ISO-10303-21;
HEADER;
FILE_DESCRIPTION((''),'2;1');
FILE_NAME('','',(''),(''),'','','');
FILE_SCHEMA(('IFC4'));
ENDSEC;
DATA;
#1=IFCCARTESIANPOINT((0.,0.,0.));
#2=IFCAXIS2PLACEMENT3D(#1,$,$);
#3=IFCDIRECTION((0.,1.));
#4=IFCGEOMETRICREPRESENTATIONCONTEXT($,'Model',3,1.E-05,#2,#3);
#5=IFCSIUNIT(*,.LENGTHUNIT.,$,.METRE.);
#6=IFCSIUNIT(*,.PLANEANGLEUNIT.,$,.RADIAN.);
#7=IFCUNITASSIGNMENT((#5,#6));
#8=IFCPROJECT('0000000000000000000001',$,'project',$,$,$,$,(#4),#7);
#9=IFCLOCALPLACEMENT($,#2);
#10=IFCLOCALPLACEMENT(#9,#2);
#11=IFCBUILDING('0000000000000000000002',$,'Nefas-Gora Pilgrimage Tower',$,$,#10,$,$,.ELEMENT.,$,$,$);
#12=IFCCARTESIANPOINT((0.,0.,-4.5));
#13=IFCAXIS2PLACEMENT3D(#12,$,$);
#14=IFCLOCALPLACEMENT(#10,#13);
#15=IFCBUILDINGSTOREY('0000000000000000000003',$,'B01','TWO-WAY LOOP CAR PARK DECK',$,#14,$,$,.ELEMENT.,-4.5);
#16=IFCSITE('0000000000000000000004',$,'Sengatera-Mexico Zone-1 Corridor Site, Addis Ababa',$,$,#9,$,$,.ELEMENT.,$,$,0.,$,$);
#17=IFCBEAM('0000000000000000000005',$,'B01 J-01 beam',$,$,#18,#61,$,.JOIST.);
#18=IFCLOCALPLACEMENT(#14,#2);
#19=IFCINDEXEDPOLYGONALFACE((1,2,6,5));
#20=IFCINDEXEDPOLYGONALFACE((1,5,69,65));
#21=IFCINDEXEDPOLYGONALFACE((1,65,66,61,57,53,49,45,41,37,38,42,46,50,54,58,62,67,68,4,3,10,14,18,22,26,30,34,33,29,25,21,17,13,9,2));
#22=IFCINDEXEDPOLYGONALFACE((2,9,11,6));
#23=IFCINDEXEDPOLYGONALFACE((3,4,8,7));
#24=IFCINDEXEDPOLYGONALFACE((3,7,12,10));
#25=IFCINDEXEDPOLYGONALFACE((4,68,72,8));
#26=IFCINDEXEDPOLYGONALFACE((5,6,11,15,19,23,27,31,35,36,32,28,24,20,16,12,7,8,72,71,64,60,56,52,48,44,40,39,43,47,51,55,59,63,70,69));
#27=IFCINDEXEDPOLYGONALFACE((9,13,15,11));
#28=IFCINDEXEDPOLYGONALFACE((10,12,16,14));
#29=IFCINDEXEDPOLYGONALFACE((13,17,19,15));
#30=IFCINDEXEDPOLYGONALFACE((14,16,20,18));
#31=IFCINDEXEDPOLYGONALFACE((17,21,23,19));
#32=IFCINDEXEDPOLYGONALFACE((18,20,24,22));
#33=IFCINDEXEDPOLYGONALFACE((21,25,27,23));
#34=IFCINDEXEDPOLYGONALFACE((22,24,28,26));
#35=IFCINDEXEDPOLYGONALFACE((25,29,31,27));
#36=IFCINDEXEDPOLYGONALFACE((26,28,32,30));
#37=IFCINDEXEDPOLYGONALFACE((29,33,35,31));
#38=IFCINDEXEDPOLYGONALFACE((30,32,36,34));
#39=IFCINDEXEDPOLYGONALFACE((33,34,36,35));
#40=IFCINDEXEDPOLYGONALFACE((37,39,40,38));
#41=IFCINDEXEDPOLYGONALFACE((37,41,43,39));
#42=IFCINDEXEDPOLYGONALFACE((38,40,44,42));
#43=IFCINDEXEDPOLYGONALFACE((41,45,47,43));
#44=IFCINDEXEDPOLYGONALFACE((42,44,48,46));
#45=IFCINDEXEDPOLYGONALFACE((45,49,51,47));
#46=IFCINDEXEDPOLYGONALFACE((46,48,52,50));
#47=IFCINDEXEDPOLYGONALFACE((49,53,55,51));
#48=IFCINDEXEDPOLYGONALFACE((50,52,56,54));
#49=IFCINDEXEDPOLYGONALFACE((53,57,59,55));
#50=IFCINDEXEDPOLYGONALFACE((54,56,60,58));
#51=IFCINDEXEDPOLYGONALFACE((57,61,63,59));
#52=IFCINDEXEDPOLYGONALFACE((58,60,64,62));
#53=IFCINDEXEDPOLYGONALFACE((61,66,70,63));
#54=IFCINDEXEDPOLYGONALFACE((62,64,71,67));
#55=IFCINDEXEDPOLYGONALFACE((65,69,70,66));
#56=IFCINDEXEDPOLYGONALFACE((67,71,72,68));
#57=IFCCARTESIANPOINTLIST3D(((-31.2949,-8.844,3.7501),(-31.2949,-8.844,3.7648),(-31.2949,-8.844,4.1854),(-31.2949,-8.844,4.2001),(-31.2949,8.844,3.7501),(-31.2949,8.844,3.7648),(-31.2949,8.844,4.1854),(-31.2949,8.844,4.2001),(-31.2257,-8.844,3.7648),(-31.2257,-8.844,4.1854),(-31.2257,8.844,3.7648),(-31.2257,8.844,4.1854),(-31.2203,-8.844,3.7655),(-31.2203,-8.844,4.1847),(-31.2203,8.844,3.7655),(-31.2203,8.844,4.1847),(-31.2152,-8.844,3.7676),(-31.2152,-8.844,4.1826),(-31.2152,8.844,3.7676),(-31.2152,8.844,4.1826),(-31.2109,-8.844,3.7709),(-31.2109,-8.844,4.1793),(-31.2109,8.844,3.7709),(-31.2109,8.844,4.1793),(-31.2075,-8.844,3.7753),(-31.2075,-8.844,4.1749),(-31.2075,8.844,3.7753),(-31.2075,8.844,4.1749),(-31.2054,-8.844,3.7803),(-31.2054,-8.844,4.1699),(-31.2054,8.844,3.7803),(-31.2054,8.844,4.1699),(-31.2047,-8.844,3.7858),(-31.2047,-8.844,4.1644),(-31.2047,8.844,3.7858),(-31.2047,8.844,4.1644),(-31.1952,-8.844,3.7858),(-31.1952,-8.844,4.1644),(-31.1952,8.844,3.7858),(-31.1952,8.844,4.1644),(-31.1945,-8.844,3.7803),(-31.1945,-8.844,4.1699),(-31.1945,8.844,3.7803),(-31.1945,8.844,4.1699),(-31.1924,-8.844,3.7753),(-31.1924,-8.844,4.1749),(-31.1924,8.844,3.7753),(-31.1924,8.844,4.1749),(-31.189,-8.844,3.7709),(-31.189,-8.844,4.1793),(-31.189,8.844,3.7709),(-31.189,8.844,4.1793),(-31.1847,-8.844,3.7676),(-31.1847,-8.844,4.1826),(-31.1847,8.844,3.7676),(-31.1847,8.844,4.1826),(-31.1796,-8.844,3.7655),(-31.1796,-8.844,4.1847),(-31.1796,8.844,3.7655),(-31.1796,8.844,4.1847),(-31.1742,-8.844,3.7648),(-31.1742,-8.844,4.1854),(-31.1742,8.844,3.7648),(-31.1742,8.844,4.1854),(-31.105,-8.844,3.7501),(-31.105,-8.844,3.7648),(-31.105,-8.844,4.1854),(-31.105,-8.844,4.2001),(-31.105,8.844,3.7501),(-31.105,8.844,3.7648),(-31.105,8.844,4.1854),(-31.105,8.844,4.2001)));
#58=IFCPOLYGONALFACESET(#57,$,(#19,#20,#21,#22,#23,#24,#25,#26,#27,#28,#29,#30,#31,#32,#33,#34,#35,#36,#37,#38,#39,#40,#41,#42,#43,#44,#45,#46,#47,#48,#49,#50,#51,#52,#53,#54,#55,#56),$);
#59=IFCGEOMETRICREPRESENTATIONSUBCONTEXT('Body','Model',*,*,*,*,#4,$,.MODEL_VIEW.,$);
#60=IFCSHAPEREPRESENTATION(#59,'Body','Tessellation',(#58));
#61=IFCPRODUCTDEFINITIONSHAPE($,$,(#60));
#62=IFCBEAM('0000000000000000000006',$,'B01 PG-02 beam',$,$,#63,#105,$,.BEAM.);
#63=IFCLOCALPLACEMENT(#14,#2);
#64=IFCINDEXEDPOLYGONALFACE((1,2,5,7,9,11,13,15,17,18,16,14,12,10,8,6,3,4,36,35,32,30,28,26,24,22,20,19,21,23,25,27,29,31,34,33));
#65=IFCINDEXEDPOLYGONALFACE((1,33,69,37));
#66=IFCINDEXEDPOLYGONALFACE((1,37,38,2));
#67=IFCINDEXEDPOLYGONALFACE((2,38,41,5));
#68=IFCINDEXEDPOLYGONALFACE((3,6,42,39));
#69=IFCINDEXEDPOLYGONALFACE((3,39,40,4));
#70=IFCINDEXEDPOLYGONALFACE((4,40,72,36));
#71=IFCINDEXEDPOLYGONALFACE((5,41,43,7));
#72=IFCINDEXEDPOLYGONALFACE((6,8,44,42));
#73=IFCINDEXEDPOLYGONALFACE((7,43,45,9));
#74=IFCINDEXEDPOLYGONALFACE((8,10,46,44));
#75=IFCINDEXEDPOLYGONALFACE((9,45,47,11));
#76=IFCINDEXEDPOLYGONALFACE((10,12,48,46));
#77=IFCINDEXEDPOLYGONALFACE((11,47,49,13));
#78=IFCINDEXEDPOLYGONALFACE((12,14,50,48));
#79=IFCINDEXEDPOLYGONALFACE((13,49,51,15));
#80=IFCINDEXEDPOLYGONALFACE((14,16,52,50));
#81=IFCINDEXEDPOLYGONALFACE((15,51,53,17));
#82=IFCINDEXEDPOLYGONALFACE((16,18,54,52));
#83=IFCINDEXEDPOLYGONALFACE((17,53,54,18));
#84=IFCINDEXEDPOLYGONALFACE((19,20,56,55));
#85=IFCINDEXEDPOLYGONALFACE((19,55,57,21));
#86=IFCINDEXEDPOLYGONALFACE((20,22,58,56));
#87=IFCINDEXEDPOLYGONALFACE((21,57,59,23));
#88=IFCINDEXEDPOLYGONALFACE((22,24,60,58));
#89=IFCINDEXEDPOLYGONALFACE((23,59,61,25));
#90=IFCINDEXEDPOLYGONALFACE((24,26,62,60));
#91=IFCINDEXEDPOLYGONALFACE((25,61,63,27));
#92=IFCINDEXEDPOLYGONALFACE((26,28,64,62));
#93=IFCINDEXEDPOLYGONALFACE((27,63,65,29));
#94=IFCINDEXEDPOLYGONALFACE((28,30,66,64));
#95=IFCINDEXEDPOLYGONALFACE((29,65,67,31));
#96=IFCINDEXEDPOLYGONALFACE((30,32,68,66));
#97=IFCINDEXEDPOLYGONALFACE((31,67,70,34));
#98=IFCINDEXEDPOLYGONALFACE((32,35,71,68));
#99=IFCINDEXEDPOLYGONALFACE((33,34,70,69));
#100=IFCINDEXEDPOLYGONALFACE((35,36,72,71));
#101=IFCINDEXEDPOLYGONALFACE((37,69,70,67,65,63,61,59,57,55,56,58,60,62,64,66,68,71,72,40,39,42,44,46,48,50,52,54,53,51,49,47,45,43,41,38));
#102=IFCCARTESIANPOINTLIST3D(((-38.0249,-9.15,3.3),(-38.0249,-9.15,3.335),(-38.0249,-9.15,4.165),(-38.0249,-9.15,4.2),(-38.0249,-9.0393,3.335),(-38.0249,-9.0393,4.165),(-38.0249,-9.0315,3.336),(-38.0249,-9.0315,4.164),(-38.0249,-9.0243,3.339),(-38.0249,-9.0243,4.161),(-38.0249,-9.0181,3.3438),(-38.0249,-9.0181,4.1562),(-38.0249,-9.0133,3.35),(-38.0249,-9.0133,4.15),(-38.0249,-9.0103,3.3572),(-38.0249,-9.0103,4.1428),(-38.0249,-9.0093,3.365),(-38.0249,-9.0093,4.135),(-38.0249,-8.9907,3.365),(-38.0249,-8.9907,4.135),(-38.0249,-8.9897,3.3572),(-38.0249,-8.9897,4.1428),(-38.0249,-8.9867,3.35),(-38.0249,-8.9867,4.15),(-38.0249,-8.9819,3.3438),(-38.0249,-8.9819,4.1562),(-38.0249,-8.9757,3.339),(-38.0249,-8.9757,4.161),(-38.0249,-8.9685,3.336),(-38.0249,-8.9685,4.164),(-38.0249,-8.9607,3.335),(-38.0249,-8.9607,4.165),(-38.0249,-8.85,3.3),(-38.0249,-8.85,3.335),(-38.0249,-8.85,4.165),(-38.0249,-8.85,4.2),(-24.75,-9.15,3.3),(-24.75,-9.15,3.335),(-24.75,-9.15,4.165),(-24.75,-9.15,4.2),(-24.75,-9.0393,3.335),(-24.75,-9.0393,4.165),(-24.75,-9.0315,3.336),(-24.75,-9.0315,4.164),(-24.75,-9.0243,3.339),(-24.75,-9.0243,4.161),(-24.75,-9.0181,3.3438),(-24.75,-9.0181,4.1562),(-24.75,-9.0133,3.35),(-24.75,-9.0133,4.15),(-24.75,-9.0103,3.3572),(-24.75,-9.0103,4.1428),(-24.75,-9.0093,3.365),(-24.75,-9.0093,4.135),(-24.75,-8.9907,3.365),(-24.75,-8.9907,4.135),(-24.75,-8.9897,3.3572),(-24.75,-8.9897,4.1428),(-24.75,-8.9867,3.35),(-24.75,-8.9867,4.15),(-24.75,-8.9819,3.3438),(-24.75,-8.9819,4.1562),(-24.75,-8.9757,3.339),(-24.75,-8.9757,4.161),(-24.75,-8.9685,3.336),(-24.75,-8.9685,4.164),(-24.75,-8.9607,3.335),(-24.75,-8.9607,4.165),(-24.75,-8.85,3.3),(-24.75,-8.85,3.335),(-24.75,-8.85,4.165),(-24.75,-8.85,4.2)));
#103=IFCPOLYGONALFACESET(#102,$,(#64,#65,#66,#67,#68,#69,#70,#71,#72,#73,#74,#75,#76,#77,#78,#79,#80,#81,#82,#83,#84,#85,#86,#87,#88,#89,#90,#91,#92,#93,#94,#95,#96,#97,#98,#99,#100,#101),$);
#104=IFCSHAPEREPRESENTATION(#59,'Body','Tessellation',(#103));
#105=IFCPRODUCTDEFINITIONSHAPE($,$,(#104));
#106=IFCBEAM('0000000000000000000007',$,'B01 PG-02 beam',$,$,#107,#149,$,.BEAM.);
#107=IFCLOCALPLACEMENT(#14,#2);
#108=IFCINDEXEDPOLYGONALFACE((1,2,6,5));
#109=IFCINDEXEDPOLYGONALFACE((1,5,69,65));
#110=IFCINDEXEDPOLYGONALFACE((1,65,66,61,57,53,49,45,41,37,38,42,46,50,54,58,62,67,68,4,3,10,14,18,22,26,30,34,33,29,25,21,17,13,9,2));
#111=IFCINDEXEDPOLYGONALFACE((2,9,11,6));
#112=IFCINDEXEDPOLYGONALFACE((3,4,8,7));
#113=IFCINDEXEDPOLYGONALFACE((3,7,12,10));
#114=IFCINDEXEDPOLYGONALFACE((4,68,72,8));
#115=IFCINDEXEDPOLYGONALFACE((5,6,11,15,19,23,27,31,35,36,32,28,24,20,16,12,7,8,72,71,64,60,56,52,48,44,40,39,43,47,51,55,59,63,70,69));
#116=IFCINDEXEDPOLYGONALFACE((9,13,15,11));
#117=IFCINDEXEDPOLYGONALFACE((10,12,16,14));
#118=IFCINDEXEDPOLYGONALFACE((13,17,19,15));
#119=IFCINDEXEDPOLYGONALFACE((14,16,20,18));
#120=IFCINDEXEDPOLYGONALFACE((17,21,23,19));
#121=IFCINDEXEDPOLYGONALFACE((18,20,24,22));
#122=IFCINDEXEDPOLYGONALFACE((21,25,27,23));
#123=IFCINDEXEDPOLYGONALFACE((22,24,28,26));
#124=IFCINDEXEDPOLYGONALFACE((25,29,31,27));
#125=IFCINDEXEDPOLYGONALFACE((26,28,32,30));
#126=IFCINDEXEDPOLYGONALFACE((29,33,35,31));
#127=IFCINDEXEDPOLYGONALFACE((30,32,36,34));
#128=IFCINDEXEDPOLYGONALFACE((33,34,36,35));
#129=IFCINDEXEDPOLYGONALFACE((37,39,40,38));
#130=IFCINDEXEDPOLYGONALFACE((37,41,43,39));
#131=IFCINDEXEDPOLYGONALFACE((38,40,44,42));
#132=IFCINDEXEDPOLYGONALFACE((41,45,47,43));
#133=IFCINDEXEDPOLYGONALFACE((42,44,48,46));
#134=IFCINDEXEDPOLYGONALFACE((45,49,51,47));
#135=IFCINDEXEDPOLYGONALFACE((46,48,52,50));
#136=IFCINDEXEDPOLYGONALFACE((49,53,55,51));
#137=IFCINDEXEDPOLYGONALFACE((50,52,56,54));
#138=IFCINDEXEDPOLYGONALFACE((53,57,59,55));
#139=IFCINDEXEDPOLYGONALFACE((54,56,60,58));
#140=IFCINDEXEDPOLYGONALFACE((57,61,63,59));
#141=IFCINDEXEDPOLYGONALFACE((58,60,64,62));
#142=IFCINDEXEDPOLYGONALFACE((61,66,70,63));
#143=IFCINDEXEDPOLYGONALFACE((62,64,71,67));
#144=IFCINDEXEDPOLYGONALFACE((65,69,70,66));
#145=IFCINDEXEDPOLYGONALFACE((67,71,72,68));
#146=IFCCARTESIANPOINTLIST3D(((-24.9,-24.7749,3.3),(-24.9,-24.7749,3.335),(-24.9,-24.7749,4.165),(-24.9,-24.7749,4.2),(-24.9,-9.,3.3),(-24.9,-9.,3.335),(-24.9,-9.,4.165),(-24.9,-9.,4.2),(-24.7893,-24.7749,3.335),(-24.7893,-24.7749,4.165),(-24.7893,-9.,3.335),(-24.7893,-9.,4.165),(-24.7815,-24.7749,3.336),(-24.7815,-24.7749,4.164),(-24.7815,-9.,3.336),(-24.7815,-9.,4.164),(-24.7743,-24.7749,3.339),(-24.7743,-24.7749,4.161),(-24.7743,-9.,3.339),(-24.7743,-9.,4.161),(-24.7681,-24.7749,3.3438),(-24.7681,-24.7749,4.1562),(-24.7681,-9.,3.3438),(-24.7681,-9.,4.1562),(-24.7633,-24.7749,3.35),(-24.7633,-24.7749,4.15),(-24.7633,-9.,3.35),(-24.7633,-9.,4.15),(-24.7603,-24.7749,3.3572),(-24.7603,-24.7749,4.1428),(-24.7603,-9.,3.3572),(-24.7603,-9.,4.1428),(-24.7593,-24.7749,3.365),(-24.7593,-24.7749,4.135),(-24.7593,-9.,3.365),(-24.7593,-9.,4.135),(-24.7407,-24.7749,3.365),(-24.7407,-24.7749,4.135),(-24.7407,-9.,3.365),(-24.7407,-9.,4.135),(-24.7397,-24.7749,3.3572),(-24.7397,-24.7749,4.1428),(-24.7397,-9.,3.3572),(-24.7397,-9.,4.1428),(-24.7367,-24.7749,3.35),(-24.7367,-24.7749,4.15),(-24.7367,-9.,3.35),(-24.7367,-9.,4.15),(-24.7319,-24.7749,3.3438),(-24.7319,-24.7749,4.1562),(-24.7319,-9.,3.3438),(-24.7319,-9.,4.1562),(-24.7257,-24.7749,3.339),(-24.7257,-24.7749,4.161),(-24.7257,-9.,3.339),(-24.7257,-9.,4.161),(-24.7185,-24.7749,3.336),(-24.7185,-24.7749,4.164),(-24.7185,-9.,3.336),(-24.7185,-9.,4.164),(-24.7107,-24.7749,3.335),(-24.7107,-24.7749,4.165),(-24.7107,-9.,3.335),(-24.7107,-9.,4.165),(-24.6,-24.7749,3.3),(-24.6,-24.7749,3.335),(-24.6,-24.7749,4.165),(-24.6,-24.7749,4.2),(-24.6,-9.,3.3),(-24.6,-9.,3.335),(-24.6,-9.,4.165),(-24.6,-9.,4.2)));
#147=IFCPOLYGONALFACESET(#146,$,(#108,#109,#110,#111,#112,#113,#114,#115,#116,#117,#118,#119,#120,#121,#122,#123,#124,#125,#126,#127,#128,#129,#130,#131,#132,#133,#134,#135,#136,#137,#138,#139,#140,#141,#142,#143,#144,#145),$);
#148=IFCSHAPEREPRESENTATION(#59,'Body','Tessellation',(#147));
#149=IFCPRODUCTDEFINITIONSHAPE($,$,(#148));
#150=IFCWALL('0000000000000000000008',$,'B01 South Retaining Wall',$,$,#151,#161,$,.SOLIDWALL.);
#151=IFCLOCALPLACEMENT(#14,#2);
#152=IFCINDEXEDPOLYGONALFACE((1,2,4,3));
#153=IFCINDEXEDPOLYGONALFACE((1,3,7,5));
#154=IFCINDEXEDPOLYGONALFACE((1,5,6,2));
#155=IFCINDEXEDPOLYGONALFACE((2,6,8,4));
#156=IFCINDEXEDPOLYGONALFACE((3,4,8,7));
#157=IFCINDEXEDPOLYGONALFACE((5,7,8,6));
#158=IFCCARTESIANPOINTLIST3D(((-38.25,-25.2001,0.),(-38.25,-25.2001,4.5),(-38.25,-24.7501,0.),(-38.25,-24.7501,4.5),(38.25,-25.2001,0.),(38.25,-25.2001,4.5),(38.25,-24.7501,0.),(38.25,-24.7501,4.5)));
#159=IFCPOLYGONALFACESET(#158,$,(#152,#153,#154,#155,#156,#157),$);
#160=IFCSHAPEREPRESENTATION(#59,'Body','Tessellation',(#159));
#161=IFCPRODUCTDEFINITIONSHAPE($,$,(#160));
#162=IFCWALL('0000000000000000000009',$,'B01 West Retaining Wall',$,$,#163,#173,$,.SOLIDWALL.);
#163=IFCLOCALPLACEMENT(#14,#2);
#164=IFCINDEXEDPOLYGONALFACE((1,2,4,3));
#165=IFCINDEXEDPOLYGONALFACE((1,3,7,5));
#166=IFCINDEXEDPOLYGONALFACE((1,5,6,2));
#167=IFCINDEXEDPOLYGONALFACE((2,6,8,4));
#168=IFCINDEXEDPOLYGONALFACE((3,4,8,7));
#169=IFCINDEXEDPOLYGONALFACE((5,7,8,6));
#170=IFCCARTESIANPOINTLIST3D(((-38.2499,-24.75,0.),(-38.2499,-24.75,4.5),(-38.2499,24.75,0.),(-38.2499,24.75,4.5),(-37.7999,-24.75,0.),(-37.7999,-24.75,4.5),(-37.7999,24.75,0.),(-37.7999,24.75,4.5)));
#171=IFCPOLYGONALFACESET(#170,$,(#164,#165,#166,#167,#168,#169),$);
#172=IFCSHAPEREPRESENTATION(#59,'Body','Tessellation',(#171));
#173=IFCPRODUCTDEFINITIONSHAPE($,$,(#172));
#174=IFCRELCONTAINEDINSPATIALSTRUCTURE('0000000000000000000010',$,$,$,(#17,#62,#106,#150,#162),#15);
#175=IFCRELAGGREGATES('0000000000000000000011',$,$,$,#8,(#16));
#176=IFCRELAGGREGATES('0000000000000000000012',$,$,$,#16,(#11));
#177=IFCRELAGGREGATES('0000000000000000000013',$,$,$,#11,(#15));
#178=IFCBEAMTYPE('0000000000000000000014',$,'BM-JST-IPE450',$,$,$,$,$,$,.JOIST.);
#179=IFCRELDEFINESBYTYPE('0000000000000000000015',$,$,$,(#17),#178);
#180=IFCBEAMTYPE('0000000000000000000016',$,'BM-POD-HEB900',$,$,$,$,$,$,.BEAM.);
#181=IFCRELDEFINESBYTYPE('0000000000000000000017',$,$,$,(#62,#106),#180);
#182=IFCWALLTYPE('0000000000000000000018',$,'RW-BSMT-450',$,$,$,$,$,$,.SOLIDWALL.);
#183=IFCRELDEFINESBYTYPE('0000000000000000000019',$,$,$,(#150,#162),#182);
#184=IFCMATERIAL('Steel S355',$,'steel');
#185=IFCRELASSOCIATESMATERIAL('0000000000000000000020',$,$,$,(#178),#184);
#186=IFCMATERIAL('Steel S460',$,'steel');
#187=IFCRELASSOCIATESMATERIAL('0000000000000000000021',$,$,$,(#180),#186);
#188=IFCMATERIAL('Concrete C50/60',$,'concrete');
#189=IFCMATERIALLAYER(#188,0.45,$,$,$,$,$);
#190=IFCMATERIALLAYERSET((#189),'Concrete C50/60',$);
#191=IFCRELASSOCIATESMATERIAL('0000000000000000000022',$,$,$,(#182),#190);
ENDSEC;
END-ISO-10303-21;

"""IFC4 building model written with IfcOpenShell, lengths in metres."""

from ifc_helpers import new_model, si_unit, direction, frame, frame_2d, origin, origin_2d, place, context, subcontext, project, spatial, rectangle, i_section, extrude, source, transform, mapped, material, layer, layer_set, material_profile, profile_set, type_object, element, save


model = new_model("IFC4")

# Units and contexts
model_context = context("Model", 3, precision=1e-05, world=origin(), true_north=direction((0.0, 1.0)))
body_context = subcontext(model_context, "Body", "Model", "MODEL_VIEW")
ifc_project = project(units=[si_unit("LENGTHUNIT", "METRE"), si_unit("PLANEANGLEUNIT", "RADIAN")], contexts=[model_context])

# Site, building, storey
site_placement = place(None, origin())
site = spatial("IfcSite", under=ifc_project, at=site_placement, Name="Sengatera-Mexico Zone-1 Corridor Site, Addis Ababa", CompositionType="ELEMENT", RefElevation=0.0)
building_placement = place(site_placement, origin())
building = spatial("IfcBuilding", under=site, at=building_placement, Name="Nefas-Gora Pilgrimage Tower", CompositionType="ELEMENT")
storey_placement = place(building_placement, frame((0.0, 0.0, -4.5)))
storey = spatial("IfcBuildingStorey", under=building, at=storey_placement, Name="B01", Description="TWO-WAY LOOP CAR PARK DECK", CompositionType="ELEMENT", Elevation=-4.5)

# Shared definitions
ifc_material_1 = material(Name="Steel S460", Category="steel")

# Beams
ifc_material_2 = material(Name="Steel S355", Category="steel")
ifc_material_profile_1 = material_profile(ifc_material_2, i_section(OverallWidth=0.1899, OverallDepth=0.45, WebThickness=0.0095, FlangeThickness=0.0146, FilletRadius=0.021, at=origin_2d()), Name="IPE 450")
ifc_profile_set_1 = profile_set([ifc_material_profile_1], Name="Steel S355")
beam_type_1 = type_object("IfcBeamType", Name="BM-JST-IPE450", PredefinedType="JOIST", material=ifc_profile_set_1)
shared_shape_1 = source(origin(), body_context, "Body", "SweptSolid", [
    extrude(i_section(OverallWidth=0.1899, OverallDepth=0.45, WebThickness=0.0095, FlangeThickness=0.0146, FilletRadius=0.021, at=origin_2d()), origin(), (0.0, 0.0, 1.0), 17.688),
])
beam_1_placement = place(storey_placement, frame((-31.2, -8.844, 3.9751), z_axis=(0.0, 1.0, 0.0), x_axis=(-1.0, 0.0, 0.0)))
element("IfcBeam", 1, at=beam_1_placement, inside=storey, type_object=beam_type_1, Name="B01 J-01 beam", PredefinedType="JOIST", context=body_context, shape_type="MappedRepresentation", body=[
    mapped(shared_shape_1, transform((0.0, 0.0, 0.0), x_axis=(1.0, 0.0, 0.0), y_axis=(0.0, 1.0, 0.0), z_axis=(0.0, 0.0, 1.0), scale=1.0)),
])
ifc_material_profile_2 = material_profile(ifc_material_1, i_section(OverallWidth=0.3, OverallDepth=0.8999, WebThickness=0.0186, FlangeThickness=0.0349, FilletRadius=0.03, at=origin_2d()), Name="HEB 900")
ifc_profile_set_2 = profile_set([ifc_material_profile_2], Name="Steel S460")
beam_type_2 = type_object("IfcBeamType", Name="BM-POD-HEB900", PredefinedType="BEAM", material=ifc_profile_set_2)
shared_shape_2 = source(origin(), body_context, "Body", "SweptSolid", [
    extrude(i_section(OverallWidth=0.3, OverallDepth=0.8999, WebThickness=0.0186, FlangeThickness=0.0349, FilletRadius=0.03, at=origin_2d()), origin(), (0.0, 0.0, 1.0), 13.2749),
])
beam_2_placement = place(storey_placement, frame((-38.0249, -9.0, 3.75), z_axis=(1.0, 0.0, 0.0), x_axis=(0.0, 1.0, 0.0)))
element("IfcBeam", 2, at=beam_2_placement, inside=storey, type_object=beam_type_2, Name="B01 PG-02 beam", PredefinedType="BEAM", context=body_context, shape_type="MappedRepresentation", body=[
    mapped(shared_shape_2, transform((0.0, 0.0, 0.0), x_axis=(1.0, 0.0, 0.0), y_axis=(0.0, 1.0, 0.0), z_axis=(0.0, 0.0, 1.0), scale=1.0)),
])
shared_shape_3 = source(origin(), body_context, "Body", "SweptSolid", [
    extrude(i_section(OverallWidth=0.3, OverallDepth=0.8999, WebThickness=0.0186, FlangeThickness=0.0349, FilletRadius=0.03, at=origin_2d()), origin(), (0.0, 0.0, 1.0), 15.7749),
])
beam_3_placement = place(storey_placement, frame((-24.75, -24.7749, 3.75), z_axis=(0.0, 1.0, 0.0), x_axis=(-1.0, 0.0, 0.0)))
element("IfcBeam", 3, at=beam_3_placement, inside=storey, type_object=beam_type_2, Name="B01 PG-02 beam", PredefinedType="BEAM", context=body_context, shape_type="MappedRepresentation", body=[
    mapped(shared_shape_3, transform((0.0, 0.0, 0.0), x_axis=(1.0, 0.0, 0.0), y_axis=(0.0, 1.0, 0.0), z_axis=(0.0, 0.0, 1.0), scale=1.0)),
])

# Walls
ifc_material_3 = material(Name="Concrete C50/60", Category="concrete")
ifc_layer_1 = layer(ifc_material_3, 0.45)
ifc_layer_set_1 = layer_set([ifc_layer_1], Name="Concrete C50/60")
wall_type_1 = type_object("IfcWallType", Name="RW-BSMT-450", PredefinedType="SOLIDWALL", material=ifc_layer_set_1)
shared_shape_4 = source(origin(), body_context, "Body", "SweptSolid", [
    extrude(rectangle(XDim=76.5, YDim=0.45, at=frame_2d((38.25, 0.0))), origin(), (0.0, 0.0, 1.0), 4.5),
])
wall_1_placement = place(storey_placement, frame((-38.25, -24.9751, 0.0), z_axis=(0.0, 0.0, 1.0), x_axis=(1.0, 0.0, 0.0)))
element("IfcWall", 4, at=wall_1_placement, inside=storey, type_object=wall_type_1, Name="B01 South Retaining Wall", PredefinedType="SOLIDWALL", context=body_context, shape_type="MappedRepresentation", body=[
    mapped(shared_shape_4, transform((0.0, 0.0, 0.0), x_axis=(1.0, 0.0, 0.0), y_axis=(0.0, 1.0, 0.0), z_axis=(0.0, 0.0, 1.0), scale=1.0)),
])
shared_shape_5 = source(origin(), body_context, "Body", "SweptSolid", [
    extrude(rectangle(XDim=49.5, YDim=0.45, at=frame_2d((24.75, 0.0))), origin(), (0.0, 0.0, 1.0), 4.5),
])
wall_2_placement = place(storey_placement, frame((-38.0249, -24.75, 0.0), z_axis=(0.0, 0.0, 1.0), x_axis=(0.0, 1.0, 0.0)))
element("IfcWall", 5, at=wall_2_placement, inside=storey, type_object=wall_type_1, Name="B01 West Retaining Wall", PredefinedType="SOLIDWALL", context=body_context, shape_type="MappedRepresentation", body=[
    mapped(shared_shape_5, transform((0.0, 0.0, 0.0), x_axis=(1.0, 0.0, 0.0), y_axis=(0.0, 1.0, 0.0), z_axis=(0.0, 0.0, 1.0), scale=1.0)),
])

save(model, "model.ifc")
